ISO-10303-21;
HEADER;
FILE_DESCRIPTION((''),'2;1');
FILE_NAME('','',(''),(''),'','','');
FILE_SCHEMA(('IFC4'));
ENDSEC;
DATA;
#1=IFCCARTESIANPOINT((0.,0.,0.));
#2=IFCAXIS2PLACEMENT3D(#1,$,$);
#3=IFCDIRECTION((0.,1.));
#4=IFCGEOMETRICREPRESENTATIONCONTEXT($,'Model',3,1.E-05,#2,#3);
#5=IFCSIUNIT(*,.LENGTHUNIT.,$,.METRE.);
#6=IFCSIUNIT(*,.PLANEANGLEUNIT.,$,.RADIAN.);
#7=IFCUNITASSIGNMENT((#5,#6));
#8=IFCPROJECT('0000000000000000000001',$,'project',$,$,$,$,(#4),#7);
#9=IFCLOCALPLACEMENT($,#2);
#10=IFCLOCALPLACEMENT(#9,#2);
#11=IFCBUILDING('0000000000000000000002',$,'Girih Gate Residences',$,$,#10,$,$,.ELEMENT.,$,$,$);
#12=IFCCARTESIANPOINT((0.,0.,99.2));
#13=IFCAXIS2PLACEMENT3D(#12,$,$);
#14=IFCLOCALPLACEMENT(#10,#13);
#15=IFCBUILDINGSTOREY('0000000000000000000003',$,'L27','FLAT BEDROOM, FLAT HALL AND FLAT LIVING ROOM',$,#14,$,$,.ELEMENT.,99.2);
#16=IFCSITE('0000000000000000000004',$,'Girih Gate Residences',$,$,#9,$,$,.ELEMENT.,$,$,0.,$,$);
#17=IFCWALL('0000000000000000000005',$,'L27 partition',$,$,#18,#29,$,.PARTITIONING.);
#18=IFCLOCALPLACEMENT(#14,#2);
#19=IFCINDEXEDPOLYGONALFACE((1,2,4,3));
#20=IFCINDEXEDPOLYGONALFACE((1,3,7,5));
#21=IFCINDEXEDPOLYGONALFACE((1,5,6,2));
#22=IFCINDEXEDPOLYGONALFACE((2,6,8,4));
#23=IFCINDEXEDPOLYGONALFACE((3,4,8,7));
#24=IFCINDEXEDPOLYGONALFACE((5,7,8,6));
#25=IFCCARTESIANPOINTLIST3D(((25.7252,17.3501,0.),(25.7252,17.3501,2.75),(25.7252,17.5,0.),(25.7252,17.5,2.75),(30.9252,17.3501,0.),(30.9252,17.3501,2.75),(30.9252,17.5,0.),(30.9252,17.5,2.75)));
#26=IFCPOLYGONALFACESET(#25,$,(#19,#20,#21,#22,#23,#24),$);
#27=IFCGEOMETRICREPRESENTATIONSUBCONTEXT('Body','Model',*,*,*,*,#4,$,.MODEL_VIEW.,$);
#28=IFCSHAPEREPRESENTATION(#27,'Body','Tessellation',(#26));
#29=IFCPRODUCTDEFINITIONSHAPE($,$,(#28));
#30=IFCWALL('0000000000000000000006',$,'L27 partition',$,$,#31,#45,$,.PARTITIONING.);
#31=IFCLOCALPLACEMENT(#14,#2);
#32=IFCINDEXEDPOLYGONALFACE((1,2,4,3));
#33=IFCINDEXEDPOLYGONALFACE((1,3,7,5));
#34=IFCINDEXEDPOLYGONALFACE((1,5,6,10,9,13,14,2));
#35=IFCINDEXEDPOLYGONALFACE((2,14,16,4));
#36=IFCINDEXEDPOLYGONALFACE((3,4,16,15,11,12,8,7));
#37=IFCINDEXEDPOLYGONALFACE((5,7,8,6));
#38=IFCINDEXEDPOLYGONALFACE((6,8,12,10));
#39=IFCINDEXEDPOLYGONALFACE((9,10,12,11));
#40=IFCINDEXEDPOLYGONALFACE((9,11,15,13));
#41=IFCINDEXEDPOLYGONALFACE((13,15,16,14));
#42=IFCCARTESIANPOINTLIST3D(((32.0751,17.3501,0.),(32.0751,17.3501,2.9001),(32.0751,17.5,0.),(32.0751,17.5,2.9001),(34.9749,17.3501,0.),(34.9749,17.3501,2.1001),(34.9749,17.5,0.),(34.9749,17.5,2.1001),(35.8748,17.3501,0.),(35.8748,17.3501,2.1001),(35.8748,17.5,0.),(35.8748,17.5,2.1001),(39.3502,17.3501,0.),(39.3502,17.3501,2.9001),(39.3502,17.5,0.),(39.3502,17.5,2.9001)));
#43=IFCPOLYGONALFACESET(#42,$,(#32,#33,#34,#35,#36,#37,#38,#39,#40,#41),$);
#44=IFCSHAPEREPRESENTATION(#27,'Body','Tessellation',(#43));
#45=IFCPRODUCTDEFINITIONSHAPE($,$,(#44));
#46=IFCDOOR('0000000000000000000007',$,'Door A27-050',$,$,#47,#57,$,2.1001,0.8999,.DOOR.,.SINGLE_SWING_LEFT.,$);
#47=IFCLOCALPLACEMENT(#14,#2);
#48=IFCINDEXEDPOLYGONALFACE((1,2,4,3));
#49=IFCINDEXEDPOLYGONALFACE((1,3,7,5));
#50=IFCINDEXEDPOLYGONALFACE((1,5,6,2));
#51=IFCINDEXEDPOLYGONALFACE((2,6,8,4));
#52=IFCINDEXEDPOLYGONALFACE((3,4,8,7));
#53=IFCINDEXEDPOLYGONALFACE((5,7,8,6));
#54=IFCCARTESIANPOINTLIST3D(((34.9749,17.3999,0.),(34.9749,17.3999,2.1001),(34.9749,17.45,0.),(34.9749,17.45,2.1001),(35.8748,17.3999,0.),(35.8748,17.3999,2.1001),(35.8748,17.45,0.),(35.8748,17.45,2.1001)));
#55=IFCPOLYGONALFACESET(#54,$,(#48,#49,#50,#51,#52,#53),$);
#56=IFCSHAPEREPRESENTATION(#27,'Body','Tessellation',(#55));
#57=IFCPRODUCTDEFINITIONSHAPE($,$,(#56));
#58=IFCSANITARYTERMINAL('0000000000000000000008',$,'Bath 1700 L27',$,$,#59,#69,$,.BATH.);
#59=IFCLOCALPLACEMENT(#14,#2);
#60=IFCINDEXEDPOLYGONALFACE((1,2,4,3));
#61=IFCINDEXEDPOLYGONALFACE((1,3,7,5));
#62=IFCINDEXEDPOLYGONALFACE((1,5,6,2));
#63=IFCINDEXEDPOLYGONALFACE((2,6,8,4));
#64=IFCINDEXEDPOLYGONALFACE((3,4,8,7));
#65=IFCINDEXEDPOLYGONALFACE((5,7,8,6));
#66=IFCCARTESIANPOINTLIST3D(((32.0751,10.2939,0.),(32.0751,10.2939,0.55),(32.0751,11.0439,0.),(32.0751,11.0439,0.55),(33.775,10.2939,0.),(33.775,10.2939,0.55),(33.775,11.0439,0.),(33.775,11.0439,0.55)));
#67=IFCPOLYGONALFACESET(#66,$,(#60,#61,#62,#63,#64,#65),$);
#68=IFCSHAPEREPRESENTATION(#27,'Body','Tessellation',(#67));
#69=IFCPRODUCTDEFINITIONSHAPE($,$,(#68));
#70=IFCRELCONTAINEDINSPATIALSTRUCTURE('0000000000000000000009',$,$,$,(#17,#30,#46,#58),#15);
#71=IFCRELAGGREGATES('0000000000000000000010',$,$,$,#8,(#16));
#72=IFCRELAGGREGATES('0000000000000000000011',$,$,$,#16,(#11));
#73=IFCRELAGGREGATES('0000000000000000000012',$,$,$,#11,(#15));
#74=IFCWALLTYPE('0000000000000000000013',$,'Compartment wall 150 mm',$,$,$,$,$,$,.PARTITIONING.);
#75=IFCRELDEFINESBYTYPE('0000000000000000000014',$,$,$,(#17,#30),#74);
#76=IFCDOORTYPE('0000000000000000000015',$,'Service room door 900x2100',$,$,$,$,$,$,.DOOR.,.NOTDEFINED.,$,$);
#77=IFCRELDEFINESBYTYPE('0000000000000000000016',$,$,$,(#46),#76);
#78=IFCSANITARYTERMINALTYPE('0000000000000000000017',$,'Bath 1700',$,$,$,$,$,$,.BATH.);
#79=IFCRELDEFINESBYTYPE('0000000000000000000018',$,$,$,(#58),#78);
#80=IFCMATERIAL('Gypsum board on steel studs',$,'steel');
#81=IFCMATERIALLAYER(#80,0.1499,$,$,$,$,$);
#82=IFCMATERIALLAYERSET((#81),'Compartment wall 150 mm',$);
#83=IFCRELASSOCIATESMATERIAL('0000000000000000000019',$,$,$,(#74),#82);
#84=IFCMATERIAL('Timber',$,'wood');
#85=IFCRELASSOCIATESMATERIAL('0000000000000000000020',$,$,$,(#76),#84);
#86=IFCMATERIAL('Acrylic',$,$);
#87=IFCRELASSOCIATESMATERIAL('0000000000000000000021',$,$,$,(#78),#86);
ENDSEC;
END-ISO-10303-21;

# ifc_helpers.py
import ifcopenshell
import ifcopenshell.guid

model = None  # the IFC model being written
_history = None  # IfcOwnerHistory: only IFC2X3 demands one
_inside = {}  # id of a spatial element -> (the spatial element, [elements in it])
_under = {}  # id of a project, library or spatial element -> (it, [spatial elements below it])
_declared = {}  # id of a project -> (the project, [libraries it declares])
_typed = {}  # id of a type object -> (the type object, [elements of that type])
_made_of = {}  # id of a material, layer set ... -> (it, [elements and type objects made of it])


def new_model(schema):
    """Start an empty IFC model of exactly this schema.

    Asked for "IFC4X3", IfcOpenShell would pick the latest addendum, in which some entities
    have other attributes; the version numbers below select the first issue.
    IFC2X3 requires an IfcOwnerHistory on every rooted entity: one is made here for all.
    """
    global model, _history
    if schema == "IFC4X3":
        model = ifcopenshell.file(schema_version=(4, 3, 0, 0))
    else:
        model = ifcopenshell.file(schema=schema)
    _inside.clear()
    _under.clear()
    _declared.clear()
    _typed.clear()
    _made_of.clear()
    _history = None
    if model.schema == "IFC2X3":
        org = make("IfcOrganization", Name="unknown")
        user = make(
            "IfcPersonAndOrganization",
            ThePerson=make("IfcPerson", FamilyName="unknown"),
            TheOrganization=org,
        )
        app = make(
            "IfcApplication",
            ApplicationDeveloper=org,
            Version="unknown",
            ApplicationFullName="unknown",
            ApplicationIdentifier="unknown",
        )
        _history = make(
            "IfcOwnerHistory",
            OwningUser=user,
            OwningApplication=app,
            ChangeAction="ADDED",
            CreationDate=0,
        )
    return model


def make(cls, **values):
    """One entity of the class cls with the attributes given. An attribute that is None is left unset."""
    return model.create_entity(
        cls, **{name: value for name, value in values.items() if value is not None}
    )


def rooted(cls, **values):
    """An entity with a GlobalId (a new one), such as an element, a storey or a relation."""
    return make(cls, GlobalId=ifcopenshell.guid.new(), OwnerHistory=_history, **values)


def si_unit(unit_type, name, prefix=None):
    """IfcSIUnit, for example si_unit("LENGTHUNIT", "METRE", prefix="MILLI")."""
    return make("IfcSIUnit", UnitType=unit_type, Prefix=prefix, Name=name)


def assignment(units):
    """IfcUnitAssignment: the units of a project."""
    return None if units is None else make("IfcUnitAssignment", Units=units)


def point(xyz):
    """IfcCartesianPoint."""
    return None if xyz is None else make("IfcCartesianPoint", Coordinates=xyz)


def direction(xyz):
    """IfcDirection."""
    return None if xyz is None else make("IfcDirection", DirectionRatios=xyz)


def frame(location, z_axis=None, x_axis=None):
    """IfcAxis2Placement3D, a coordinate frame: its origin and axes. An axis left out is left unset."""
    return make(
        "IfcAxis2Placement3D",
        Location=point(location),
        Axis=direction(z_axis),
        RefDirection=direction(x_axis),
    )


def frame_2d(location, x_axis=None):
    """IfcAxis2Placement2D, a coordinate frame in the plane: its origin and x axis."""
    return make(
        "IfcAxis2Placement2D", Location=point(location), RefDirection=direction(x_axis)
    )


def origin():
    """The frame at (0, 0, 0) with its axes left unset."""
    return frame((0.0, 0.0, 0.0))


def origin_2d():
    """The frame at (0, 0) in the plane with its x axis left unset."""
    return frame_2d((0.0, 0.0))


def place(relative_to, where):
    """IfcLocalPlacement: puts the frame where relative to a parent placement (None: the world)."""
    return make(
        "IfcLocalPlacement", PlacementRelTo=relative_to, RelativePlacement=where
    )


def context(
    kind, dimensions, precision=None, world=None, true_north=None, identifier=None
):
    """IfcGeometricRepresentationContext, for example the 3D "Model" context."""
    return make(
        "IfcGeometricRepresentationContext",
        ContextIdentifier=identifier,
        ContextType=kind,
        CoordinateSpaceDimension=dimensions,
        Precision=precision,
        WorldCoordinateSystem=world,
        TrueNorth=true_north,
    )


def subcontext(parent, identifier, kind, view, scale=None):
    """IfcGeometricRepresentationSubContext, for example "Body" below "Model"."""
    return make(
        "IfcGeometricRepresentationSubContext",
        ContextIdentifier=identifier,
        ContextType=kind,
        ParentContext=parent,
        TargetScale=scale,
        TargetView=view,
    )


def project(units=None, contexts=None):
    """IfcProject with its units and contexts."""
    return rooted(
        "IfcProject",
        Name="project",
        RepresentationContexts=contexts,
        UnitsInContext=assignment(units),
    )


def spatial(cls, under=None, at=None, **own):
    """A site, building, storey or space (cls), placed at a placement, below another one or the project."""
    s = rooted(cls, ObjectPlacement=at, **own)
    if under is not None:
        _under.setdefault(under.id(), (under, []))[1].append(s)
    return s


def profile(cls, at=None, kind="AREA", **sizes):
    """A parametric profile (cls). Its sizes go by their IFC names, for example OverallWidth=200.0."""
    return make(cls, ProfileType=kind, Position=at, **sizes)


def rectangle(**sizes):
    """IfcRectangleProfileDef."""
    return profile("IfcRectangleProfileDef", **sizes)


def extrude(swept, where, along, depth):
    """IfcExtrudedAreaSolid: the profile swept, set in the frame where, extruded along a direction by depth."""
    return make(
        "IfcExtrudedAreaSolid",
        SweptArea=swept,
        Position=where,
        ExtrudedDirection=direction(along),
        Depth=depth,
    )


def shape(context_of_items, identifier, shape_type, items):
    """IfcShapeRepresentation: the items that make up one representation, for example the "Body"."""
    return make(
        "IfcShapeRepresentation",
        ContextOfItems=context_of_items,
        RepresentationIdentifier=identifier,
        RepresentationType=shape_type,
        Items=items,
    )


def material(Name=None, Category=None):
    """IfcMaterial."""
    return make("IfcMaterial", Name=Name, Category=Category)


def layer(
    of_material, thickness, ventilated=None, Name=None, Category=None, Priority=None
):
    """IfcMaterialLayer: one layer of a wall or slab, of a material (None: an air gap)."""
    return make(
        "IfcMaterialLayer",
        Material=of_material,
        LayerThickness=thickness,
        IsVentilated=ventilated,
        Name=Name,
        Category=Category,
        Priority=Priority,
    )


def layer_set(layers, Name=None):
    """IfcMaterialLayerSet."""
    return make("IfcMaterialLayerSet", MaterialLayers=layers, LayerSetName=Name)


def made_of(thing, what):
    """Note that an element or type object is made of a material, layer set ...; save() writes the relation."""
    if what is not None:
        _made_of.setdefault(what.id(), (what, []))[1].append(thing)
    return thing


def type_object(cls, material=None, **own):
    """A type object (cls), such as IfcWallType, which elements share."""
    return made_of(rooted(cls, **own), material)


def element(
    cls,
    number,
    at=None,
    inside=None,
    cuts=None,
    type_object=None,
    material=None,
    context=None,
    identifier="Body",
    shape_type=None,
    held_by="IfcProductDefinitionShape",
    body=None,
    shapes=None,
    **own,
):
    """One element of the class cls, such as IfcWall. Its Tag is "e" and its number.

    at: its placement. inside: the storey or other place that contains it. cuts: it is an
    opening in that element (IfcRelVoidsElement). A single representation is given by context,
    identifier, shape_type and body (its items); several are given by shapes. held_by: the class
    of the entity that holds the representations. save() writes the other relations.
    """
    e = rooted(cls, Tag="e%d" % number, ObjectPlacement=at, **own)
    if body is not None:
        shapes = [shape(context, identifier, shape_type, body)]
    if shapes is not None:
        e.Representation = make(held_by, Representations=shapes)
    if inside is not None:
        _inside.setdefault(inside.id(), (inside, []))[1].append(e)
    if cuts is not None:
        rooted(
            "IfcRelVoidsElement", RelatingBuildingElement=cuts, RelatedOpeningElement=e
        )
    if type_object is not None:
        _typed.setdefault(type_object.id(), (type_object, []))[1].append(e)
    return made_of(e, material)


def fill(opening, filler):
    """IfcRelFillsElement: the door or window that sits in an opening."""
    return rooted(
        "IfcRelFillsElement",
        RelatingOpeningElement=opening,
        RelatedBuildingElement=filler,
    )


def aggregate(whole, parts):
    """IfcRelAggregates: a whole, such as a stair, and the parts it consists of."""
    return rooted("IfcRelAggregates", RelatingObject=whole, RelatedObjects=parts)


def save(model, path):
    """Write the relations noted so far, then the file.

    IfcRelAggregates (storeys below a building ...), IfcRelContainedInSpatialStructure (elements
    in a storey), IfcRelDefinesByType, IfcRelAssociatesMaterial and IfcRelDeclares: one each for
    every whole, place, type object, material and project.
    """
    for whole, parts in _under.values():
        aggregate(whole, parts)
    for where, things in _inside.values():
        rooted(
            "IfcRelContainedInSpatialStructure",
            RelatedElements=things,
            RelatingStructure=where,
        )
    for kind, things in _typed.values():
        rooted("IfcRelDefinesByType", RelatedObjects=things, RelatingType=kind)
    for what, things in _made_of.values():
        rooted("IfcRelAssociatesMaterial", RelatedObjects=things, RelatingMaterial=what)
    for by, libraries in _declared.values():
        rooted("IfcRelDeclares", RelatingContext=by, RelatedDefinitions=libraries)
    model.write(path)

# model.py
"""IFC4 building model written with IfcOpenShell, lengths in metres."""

from ifc_helpers import new_model, si_unit, direction, frame, frame_2d, origin, origin_2d, place, context, subcontext, project, spatial, rectangle, extrude, material, layer, layer_set, type_object, element, fill, save


model = new_model("IFC4")

# Units and contexts
model_context = context("Model", 3, precision=1e-05, world=origin(), true_north=direction((0.0, 1.0)))
body_context = subcontext(model_context, "Body", "Model", "MODEL_VIEW")
ifc_project = project(units=[si_unit("LENGTHUNIT", "METRE"), si_unit("PLANEANGLEUNIT", "RADIAN")], contexts=[model_context])

# Site, building, storey
site_placement = place(None, origin())
site = spatial("IfcSite", under=ifc_project, at=site_placement, Name="Girih Gate Residences", CompositionType="ELEMENT", RefElevation=0.0)
building_placement = place(site_placement, origin())
building = spatial("IfcBuilding", under=site, at=building_placement, Name="Girih Gate Residences", CompositionType="ELEMENT")
storey_placement = place(building_placement, frame((0.0, 0.0, 99.2)))
storey = spatial("IfcBuildingStorey", under=building, at=storey_placement, Name="L27", Description="FLAT BEDROOM, FLAT HALL AND FLAT LIVING ROOM", CompositionType="ELEMENT", Elevation=99.2)

# Shared definitions
ifc_material_1 = material(Name="Gypsum board on steel studs", Category="steel")
ifc_layer_1 = layer(ifc_material_1, 0.1499)
ifc_layer_set_1 = layer_set([ifc_layer_1], Name="Compartment wall 150 mm")
wall_type_1 = type_object("IfcWallType", Name="Compartment wall 150 mm", PredefinedType="PARTITIONING", material=ifc_layer_set_1)

# Wall
wall_1_placement = place(storey_placement, frame((25.7251, 17.425, 0.0), z_axis=(0.0, 0.0, 1.0), x_axis=(1.0, 0.0, 0.0)))
element("IfcWall", 1, at=wall_1_placement, inside=storey, type_object=wall_type_1, Name="L27 partition", PredefinedType="PARTITIONING", context=body_context, shape_type="SweptSolid", body=[
    extrude(rectangle(XDim=5.2, YDim=0.1499, at=frame_2d((2.6001, 0.0))), origin(), (0.0, 0.0, 1.0), 2.75),
])

# Wall, opening, door
wall_2_placement = place(storey_placement, frame((32.075, 17.425, 0.0), z_axis=(0.0, 0.0, 1.0), x_axis=(1.0, 0.0, 0.0)))
wall_2 = element("IfcWall", 2, at=wall_2_placement, inside=storey, type_object=wall_type_1, Name="L27 partition", PredefinedType="PARTITIONING", context=body_context, shape_type="SweptSolid", body=[
    extrude(rectangle(XDim=7.2751, YDim=0.1499, at=frame_2d((3.6377, 0.0))), origin(), (0.0, 0.0, 1.0), 2.9001),
])
opening_1_placement = place(wall_2_placement, frame((2.8999, 0.0, 0.0)))
opening_1 = element("IfcOpeningElement", 3, at=opening_1_placement, cuts=wall_2, PredefinedType="OPENING", context=body_context, shape_type="SweptSolid", body=[
    extrude(rectangle(XDim=0.8999, YDim=2.1001, at=frame_2d((0.45, 1.05))), frame((0.0, 0.085, 0.0), z_axis=(0.0, -1.0, 0.0), x_axis=(1.0, 0.0, 0.0)), (0.0, 0.0, 1.0), 0.1699),
])
ifc_material_2 = material(Name="Timber", Category="wood")
door_type_1 = type_object("IfcDoorType", Name="Service room door 900x2100", OperationType="NOTDEFINED", PredefinedType="DOOR", material=ifc_material_2)
door_1_placement = place(opening_1_placement, origin())
door_1 = element("IfcDoor", 4, at=door_1_placement, inside=storey, type_object=door_type_1, Name="Door A27-050", OperationType="SINGLE_SWING_LEFT", OverallHeight=2.1001, OverallWidth=0.8999, PredefinedType="DOOR", context=body_context, shape_type="SweptSolid", body=[
    extrude(rectangle(XDim=0.8999, YDim=2.1001, at=frame_2d((0.45, 1.05))), frame((0.0, 0.0249, 0.0), z_axis=(0.0, -1.0, 0.0), x_axis=(1.0, 0.0, 0.0)), (0.0, 0.0, 1.0), 0.05),
])
fill(opening_1, door_1)

# Sanitary terminal
ifc_material_3 = material(Name="Acrylic")
sanitary_terminal_type = type_object("IfcSanitaryTerminalType", Name="Bath 1700", PredefinedType="BATH", material=ifc_material_3)
sanitary_terminal_placement = place(storey_placement, frame((32.925, 10.6689, 0.0), z_axis=(0.0, 0.0, 1.0), x_axis=(1.0, 0.0, 0.0)))
element("IfcSanitaryTerminal", 5, at=sanitary_terminal_placement, inside=storey, type_object=sanitary_terminal_type, Name="Bath 1700 L27", PredefinedType="BATH", context=body_context, shape_type="SweptSolid", body=[
    extrude(rectangle(XDim=1.7, YDim=0.75, at=origin_2d()), origin(), (0.0, 0.0, 1.0), 0.55),
])

save(model, "model.ifc")
